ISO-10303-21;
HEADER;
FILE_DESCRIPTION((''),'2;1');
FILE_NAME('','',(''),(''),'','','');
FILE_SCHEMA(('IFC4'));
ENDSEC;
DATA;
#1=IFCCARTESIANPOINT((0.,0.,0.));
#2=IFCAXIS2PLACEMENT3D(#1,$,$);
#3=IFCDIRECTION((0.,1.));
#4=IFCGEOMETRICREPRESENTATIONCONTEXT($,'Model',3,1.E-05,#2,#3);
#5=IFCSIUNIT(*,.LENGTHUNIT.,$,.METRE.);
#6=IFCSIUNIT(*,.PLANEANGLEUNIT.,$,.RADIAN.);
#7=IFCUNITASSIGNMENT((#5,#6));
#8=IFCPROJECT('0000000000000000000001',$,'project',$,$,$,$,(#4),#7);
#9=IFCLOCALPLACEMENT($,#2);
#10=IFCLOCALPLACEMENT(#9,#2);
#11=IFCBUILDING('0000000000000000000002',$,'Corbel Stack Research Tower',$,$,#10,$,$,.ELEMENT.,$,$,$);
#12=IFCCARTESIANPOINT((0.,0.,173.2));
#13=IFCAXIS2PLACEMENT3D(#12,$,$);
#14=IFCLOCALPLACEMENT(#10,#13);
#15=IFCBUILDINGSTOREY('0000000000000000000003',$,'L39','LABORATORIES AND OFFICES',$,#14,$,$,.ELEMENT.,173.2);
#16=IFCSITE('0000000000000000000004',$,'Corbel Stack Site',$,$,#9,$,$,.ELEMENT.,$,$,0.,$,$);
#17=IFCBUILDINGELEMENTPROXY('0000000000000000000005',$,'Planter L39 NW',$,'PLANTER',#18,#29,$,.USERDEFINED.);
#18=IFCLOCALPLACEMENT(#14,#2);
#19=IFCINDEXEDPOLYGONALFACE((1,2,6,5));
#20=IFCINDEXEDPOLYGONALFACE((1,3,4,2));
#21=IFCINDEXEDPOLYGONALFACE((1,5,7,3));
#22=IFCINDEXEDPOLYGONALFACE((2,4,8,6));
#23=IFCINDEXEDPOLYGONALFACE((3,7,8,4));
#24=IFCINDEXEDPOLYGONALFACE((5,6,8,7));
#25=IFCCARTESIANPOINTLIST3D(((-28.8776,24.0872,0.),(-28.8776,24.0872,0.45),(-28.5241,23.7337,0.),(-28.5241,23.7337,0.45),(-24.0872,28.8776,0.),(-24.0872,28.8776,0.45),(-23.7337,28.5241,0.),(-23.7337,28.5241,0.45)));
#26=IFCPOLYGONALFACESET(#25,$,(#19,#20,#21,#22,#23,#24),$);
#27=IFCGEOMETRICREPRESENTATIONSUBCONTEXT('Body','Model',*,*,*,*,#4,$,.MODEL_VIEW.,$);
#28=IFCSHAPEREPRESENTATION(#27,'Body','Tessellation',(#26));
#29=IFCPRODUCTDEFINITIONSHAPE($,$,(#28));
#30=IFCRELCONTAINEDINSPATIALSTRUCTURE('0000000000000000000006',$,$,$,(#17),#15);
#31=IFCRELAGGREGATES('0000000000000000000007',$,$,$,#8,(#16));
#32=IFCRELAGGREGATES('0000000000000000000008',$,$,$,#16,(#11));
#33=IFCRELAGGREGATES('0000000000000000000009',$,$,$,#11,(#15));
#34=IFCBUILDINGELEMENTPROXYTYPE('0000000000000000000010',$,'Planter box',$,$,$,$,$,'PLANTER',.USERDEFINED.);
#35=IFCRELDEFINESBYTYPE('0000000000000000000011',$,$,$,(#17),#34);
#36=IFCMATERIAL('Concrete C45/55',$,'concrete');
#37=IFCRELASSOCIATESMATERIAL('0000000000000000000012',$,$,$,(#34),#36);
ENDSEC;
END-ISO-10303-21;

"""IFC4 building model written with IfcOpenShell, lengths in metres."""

from ifc_helpers import new_model, si_unit, direction, frame, origin, origin_2d, place, context, subcontext, project, spatial, rectangle, extrude, material, type_object, element, save


model = new_model("IFC4")

# Units and contexts
model_context = context("Model", 3, precision=1e-05, world=origin(), true_north=direction((0.0, 1.0)))
body_context = subcontext(model_context, "Body", "Model", "MODEL_VIEW")
ifc_project = project(units=[si_unit("LENGTHUNIT", "METRE"), si_unit("PLANEANGLEUNIT", "RADIAN")], contexts=[model_context])

# Site, building, storey
site_placement = place(None, origin())
site = spatial("IfcSite", under=ifc_project, at=site_placement, Name="Corbel Stack Site", CompositionType="ELEMENT", RefElevation=0.0)
building_placement = place(site_placement, origin())
building = spatial("IfcBuilding", under=site, at=building_placement, Name="Corbel Stack Research Tower", CompositionType="ELEMENT")
storey_placement = place(building_placement, frame((0.0, 0.0, 173.2)))
storey = spatial("IfcBuildingStorey", under=building, at=storey_placement, Name="L39", Description="LABORATORIES AND OFFICES", CompositionType="ELEMENT", Elevation=173.2)

# Building element proxy
ifc_material_1 = material(Name="Concrete C45/55", Category="concrete")
building_element_proxy_type = type_object("IfcBuildingElementProxyType", Name="Planter box", ElementType="PLANTER", PredefinedType="USERDEFINED", material=ifc_material_1)
proxy_placement = place(storey_placement, frame((-26.3057, 26.3057, 0.0), z_axis=(0.0, 0.0, 1.0), x_axis=(-0.707107, -0.707107, 0.0)))
element("IfcBuildingElementProxy", 1, at=proxy_placement, inside=storey, type_object=building_element_proxy_type, Name="Planter L39 NW", ObjectType="PLANTER", PredefinedType="USERDEFINED", context=body_context, shape_type="SweptSolid", body=[
    extrude(rectangle(XDim=6.7747, YDim=0.5, at=origin_2d()), origin(), (0.0, 0.0, 1.0), 0.45),
])

save(model, "model.ifc")
